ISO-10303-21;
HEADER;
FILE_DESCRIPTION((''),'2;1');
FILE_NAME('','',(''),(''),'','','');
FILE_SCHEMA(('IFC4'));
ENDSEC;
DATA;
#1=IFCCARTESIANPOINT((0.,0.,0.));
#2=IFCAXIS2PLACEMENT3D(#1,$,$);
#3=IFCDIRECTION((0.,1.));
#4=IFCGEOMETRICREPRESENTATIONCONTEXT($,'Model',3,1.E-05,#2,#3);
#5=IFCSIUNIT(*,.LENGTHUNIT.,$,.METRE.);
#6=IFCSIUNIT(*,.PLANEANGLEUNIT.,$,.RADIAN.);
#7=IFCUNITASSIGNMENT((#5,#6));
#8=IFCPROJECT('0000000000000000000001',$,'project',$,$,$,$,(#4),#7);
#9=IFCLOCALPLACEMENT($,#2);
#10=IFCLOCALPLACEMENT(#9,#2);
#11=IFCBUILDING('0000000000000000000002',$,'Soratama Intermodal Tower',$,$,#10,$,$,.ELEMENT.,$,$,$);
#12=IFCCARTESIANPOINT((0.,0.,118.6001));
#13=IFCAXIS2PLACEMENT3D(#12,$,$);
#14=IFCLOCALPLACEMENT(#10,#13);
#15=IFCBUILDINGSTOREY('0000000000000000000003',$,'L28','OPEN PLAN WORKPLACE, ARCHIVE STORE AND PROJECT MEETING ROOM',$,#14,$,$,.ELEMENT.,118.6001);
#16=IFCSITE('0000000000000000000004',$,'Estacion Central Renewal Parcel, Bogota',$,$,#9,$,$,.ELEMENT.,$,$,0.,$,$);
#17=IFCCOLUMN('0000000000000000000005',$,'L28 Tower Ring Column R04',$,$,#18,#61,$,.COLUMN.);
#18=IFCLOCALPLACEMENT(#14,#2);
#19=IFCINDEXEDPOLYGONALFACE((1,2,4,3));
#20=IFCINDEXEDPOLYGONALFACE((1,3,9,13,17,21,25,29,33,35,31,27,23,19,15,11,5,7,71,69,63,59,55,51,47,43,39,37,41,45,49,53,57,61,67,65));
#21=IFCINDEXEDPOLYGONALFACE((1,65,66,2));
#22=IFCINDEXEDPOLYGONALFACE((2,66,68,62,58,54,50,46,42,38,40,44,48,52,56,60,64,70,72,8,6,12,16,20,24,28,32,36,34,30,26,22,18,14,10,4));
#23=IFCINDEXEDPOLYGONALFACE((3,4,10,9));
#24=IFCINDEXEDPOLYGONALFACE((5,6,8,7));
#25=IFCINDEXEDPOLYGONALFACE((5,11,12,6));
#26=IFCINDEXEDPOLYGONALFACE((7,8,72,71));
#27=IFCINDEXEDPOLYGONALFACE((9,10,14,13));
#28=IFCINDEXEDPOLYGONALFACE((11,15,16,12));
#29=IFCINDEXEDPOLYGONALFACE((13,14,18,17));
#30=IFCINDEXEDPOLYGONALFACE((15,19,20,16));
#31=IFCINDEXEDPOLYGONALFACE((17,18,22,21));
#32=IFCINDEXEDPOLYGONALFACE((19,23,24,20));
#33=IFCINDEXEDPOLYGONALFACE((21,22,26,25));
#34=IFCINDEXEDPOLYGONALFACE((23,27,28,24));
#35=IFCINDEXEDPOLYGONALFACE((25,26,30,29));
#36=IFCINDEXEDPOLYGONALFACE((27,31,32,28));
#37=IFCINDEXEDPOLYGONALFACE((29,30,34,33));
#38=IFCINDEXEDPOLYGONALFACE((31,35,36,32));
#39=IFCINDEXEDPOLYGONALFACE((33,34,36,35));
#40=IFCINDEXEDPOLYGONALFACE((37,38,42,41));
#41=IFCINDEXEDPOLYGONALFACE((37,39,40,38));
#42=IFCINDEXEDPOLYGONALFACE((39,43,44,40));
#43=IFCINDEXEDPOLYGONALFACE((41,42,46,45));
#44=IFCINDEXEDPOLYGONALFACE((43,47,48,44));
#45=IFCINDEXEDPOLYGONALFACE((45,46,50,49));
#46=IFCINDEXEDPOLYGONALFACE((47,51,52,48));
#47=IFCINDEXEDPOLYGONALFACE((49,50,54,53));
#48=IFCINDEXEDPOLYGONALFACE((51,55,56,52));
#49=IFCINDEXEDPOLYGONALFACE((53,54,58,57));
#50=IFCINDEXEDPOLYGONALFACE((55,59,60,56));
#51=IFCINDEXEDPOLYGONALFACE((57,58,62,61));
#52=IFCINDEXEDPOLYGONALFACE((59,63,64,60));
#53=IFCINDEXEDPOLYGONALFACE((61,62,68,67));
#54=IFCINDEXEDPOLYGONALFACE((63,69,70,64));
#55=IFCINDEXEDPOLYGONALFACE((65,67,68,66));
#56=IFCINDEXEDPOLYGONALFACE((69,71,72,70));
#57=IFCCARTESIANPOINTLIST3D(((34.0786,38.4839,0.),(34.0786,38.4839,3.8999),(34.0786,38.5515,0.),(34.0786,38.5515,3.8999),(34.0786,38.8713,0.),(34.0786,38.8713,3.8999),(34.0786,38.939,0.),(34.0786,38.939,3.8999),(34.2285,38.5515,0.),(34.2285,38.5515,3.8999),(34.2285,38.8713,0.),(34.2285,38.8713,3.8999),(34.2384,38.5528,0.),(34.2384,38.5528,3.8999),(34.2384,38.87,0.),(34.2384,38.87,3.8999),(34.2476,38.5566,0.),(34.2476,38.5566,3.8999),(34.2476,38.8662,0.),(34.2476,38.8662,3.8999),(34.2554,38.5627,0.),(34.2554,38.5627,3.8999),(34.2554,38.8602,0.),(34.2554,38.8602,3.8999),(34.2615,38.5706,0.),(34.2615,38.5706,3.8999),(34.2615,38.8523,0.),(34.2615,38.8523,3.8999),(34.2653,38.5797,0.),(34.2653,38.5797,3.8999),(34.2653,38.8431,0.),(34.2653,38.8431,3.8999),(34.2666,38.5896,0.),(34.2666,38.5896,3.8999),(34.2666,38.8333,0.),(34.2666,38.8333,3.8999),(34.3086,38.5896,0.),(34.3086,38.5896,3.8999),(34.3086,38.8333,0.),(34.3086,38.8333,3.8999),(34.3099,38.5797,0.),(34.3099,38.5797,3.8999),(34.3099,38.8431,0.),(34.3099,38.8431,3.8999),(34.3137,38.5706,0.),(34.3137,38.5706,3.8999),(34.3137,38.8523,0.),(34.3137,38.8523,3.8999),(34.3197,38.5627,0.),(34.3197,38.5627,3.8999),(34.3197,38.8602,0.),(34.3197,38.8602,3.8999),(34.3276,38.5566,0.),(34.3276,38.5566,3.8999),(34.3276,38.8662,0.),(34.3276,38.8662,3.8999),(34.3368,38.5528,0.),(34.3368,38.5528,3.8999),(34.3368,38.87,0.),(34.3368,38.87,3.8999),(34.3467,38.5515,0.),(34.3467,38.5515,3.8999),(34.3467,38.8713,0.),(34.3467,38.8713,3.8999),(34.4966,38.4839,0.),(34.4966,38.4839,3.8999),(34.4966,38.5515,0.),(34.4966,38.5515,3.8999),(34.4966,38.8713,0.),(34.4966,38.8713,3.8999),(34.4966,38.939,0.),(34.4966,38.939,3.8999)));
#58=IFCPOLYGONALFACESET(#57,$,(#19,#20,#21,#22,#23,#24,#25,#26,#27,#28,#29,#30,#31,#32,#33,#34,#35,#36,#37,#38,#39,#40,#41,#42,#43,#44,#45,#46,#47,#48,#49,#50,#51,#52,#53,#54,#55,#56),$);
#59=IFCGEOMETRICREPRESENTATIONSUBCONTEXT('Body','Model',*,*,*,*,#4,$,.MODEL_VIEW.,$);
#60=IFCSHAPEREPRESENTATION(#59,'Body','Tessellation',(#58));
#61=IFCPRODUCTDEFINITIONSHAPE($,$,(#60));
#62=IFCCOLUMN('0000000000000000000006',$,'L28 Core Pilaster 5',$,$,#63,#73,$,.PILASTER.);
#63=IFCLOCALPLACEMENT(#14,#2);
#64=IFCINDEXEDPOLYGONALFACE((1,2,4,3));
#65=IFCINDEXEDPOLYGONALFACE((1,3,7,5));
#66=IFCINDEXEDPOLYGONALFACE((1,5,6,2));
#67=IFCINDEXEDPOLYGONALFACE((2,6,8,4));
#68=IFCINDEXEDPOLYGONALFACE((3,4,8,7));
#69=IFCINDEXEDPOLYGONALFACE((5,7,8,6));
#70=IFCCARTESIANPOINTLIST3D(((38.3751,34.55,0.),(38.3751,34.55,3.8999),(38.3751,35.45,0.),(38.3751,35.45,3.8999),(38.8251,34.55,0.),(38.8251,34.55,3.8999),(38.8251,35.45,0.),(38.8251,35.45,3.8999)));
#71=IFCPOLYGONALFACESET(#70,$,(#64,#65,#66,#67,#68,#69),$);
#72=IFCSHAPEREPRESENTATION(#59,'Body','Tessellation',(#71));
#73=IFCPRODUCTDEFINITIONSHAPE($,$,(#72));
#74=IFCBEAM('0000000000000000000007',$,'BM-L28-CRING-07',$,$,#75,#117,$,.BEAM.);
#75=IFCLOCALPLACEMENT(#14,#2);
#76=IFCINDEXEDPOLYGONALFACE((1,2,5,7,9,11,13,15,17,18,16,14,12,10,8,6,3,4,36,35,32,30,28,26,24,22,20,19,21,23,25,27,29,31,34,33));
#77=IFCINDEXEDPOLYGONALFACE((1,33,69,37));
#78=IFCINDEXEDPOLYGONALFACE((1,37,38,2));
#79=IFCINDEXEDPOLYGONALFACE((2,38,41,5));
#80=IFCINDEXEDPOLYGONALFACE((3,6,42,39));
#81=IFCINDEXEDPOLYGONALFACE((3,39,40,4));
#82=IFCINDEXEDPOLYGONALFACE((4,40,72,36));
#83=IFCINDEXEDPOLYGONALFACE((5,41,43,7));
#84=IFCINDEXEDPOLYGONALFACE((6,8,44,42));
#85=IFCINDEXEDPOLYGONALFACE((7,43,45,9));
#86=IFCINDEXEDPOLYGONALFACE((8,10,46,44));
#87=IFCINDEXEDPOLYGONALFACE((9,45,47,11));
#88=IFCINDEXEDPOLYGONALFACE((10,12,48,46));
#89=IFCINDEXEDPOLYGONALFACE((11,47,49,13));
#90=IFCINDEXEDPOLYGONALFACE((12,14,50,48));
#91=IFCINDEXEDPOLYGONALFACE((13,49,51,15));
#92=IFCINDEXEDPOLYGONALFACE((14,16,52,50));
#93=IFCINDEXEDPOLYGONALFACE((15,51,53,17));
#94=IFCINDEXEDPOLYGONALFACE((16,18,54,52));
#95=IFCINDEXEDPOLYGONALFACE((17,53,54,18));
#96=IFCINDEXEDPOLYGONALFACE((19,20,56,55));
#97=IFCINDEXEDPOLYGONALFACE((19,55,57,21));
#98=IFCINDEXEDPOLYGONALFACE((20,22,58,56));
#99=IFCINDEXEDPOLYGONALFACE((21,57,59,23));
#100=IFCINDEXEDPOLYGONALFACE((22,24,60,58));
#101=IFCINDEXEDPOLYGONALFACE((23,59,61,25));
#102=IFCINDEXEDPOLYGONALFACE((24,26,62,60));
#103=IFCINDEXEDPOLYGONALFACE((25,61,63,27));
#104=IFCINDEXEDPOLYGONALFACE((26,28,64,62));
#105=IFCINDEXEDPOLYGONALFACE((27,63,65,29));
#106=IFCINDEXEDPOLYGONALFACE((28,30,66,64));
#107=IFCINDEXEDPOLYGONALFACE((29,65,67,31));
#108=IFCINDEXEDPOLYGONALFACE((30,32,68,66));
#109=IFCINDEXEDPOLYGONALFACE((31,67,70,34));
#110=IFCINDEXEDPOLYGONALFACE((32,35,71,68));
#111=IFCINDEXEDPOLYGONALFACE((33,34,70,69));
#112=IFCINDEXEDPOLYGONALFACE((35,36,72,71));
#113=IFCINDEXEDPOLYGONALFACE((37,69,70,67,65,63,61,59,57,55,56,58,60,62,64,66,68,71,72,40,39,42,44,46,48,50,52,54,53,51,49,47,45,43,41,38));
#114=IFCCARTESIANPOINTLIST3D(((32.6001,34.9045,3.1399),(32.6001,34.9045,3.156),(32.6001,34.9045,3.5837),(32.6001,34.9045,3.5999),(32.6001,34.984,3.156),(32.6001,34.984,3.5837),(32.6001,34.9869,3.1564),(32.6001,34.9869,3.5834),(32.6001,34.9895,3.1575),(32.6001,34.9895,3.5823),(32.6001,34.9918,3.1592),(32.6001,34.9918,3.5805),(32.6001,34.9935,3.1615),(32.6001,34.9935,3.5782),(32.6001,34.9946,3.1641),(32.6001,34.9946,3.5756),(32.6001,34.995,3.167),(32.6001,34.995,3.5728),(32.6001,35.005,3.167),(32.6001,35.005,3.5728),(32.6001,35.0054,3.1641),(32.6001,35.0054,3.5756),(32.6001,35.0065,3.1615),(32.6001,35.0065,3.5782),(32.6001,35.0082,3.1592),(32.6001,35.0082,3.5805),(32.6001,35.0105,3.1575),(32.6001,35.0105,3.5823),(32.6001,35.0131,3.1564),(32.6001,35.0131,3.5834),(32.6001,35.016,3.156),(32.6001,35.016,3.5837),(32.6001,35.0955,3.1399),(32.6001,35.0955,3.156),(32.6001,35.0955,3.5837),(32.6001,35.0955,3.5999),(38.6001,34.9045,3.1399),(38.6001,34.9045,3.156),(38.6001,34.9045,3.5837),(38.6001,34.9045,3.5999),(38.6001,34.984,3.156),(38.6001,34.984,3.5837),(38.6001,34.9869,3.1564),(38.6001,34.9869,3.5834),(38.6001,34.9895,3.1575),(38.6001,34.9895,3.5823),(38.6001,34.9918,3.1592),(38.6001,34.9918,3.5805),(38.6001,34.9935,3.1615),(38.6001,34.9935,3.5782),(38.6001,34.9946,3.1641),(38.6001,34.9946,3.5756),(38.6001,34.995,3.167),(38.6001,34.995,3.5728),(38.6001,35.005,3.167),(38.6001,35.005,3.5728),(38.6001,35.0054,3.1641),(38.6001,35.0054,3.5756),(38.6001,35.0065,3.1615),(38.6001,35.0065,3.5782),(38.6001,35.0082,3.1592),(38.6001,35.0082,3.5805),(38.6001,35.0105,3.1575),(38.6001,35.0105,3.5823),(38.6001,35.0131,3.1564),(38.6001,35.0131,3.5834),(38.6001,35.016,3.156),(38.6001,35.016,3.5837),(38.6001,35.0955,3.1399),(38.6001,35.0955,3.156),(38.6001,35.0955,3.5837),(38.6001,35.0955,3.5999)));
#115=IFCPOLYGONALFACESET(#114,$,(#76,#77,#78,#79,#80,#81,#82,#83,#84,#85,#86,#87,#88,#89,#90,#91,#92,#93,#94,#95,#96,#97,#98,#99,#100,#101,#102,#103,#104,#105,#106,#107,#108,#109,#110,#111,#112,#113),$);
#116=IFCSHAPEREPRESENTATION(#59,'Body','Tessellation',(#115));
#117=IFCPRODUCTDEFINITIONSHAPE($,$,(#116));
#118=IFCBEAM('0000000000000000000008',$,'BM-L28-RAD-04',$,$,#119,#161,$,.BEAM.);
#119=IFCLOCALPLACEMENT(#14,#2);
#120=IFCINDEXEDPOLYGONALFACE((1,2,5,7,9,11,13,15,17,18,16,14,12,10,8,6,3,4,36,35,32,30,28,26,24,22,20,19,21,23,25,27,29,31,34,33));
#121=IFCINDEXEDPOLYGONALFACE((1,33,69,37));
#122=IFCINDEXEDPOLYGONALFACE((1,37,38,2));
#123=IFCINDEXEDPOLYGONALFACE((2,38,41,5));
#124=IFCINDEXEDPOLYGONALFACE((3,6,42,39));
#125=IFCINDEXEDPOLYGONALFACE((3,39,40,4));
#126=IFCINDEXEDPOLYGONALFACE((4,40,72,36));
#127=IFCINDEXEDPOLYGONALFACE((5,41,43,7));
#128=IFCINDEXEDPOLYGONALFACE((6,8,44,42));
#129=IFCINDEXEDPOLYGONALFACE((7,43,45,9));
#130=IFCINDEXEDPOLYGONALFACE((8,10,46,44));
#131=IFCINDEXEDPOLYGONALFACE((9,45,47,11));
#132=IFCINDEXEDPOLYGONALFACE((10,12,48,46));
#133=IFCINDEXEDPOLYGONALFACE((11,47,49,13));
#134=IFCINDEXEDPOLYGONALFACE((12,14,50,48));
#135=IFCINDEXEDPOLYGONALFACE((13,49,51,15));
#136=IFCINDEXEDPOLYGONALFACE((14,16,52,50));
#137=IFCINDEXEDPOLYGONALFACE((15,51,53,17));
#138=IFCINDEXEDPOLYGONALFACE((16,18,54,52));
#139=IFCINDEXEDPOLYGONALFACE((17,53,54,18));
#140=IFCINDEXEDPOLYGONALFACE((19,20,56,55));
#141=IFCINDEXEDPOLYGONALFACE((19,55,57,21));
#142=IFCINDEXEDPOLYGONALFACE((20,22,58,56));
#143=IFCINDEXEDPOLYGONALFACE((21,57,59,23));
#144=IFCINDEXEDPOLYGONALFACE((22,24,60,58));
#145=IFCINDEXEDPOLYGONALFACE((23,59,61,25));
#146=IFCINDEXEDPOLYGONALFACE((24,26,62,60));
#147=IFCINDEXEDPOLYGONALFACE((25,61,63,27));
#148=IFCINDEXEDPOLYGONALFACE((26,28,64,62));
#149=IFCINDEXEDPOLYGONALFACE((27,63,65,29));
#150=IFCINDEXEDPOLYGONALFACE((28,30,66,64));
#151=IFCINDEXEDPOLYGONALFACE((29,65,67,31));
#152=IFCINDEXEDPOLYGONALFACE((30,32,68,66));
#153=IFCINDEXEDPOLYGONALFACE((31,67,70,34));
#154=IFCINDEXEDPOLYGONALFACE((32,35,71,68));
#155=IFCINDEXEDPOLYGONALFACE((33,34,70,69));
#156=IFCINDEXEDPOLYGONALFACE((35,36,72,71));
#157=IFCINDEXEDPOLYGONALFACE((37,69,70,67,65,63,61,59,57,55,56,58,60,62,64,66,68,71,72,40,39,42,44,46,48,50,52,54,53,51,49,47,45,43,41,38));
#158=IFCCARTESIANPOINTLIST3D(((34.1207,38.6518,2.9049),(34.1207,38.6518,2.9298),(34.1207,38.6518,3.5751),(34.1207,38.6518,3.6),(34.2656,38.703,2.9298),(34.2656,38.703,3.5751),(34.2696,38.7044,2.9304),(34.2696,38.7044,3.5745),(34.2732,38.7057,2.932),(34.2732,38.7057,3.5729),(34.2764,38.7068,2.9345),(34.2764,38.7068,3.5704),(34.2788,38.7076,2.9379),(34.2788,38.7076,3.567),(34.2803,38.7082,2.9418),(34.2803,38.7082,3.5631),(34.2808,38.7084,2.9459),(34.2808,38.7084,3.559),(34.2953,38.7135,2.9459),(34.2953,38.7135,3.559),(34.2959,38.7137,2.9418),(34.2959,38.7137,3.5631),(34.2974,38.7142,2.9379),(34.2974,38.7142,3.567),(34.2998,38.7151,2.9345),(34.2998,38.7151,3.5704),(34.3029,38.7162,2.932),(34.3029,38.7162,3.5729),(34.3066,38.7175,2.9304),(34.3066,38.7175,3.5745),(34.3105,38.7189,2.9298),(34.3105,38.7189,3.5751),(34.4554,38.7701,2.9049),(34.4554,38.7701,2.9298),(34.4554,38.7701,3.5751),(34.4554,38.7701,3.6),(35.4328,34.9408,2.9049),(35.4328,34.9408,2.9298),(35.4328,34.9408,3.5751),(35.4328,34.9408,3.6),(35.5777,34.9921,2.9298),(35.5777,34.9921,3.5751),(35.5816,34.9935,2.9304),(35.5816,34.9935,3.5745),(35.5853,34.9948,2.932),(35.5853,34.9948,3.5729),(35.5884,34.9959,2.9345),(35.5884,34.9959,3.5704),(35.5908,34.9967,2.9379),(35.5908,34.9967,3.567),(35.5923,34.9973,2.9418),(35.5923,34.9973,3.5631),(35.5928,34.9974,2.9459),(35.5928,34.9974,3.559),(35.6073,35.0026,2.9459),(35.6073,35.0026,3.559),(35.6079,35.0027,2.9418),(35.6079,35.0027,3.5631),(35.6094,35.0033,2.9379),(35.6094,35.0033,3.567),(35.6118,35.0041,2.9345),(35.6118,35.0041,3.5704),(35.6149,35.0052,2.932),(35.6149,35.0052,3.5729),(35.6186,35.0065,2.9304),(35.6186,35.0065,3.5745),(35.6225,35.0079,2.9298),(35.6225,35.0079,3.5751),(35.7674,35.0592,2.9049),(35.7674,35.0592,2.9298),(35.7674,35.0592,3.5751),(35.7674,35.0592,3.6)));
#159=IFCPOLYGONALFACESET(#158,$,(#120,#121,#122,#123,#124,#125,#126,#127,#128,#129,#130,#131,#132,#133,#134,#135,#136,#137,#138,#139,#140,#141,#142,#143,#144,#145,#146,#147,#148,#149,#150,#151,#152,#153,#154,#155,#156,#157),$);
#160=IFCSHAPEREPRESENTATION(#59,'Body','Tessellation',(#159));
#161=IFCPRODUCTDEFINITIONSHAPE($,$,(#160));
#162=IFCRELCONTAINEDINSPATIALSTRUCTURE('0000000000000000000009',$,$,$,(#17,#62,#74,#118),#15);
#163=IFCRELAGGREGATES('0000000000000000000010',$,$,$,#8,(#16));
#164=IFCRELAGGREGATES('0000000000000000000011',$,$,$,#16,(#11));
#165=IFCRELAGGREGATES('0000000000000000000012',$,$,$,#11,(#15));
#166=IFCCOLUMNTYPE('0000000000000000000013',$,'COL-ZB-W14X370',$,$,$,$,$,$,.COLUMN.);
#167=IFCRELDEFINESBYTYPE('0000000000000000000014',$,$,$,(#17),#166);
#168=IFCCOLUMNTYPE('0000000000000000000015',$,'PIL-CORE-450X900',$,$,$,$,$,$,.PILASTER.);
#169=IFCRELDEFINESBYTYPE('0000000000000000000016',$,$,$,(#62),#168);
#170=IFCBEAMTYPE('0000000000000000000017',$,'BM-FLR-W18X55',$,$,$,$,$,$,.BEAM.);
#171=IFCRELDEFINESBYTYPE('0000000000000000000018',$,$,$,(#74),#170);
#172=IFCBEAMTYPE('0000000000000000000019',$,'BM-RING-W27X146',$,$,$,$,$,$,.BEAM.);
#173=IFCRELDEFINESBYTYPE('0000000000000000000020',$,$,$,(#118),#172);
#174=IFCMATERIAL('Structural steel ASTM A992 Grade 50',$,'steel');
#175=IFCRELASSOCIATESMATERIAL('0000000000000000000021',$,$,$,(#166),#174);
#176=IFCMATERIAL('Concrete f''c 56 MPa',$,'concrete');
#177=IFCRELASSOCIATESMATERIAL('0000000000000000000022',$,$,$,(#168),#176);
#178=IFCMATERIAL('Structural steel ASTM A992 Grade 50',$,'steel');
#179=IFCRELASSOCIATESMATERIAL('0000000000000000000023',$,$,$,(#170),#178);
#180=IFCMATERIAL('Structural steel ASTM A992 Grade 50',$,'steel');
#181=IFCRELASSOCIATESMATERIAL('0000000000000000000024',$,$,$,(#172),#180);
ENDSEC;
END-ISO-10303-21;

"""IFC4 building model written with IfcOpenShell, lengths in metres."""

from ifc_helpers import new_model, si_unit, direction, frame, origin, origin_2d, place, context, subcontext, project, spatial, rectangle, i_section, extrude, material, material_profile, profile_set, type_object, element, save


model = new_model("IFC4")

# Units and contexts
model_context = context("Model", 3, precision=1e-05, world=origin(), true_north=direction((0.0, 1.0)))
body_context = subcontext(model_context, "Body", "Model", "MODEL_VIEW")
ifc_project = project(units=[si_unit("LENGTHUNIT", "METRE"), si_unit("PLANEANGLEUNIT", "RADIAN")], contexts=[model_context])

# Site, building, storey
site_placement = place(None, origin())
site = spatial("IfcSite", under=ifc_project, at=site_placement, Name="Estacion Central Renewal Parcel, Bogota", CompositionType="ELEMENT", RefElevation=0.0)
building_placement = place(site_placement, origin())
building = spatial("IfcBuilding", under=site, at=building_placement, Name="Soratama Intermodal Tower", CompositionType="ELEMENT")
storey_placement = place(building_placement, frame((0.0, 0.0, 118.6001)))
storey = spatial("IfcBuildingStorey", under=building, at=storey_placement, Name="L28", Description="OPEN PLAN WORKPLACE, ARCHIVE STORE AND PROJECT MEETING ROOM", CompositionType="ELEMENT", Elevation=118.6001)

# Columns
ifc_material_1 = material(Name="Structural steel ASTM A992 Grade 50", Category="steel")
ifc_material_profile_1 = material_profile(ifc_material_1, i_section(OverallWidth=0.418, OverallDepth=0.4551, WebThickness=0.042, FlangeThickness=0.0676, FilletRadius=0.0381, at=origin_2d()), Name="W14X370")
ifc_profile_set_1 = profile_set([ifc_material_profile_1], Name="Structural steel ASTM A992 Grade 50")
column_type_1 = type_object("IfcColumnType", Name="COL-ZB-W14X370", PredefinedType="COLUMN", material=ifc_profile_set_1)
column_1_placement = place(storey_placement, frame((34.2876, 38.7114, 0.0), z_axis=(0.0, 0.0, 1.0), x_axis=(1.0, 0.0, 0.0)))
element("IfcColumn", 1, at=column_1_placement, inside=storey, type_object=column_type_1, Name="L28 Tower Ring Column R04", PredefinedType="COLUMN", context=body_context, shape_type="SweptSolid", body=[
    extrude(i_section(OverallWidth=0.418, OverallDepth=0.4551, WebThickness=0.042, FlangeThickness=0.0676, FilletRadius=0.0381, at=origin_2d()), origin(), (0.0, 0.0, 1.0), 3.8999),
])
ifc_material_2 = material(Name="Concrete f'c 56 MPa", Category="concrete")
ifc_material_profile_2 = material_profile(ifc_material_2, rectangle(XDim=0.45, YDim=0.8999, at=origin_2d()), Name="RC450X900")
ifc_profile_set_2 = profile_set([ifc_material_profile_2], Name="Concrete f'c 56 MPa")
column_type_2 = type_object("IfcColumnType", Name="PIL-CORE-450X900", PredefinedType="PILASTER", material=ifc_profile_set_2)
column_2_placement = place(storey_placement, frame((38.6001, 35.0, 0.0), z_axis=(0.0, 0.0, 1.0), x_axis=(1.0, 0.0, 0.0)))
element("IfcColumn", 2, at=column_2_placement, inside=storey, type_object=column_type_2, Name="L28 Core Pilaster 5", PredefinedType="PILASTER", context=body_context, shape_type="SweptSolid", body=[
    extrude(rectangle(XDim=0.45, YDim=0.8999, at=origin_2d()), origin(), (0.0, 0.0, 1.0), 3.8999),
])

# Beams
ifc_material_3 = material(Name="Structural steel ASTM A992 Grade 50", Category="steel")
ifc_material_profile_3 = material_profile(ifc_material_3, i_section(OverallWidth=0.1909, OverallDepth=0.46, WebThickness=0.01, FlangeThickness=0.0161, FilletRadius=0.011, at=origin_2d()), Name="W18X55")
ifc_profile_set_3 = profile_set([ifc_material_profile_3], Name="Structural steel ASTM A992 Grade 50")
beam_type_1 = type_object("IfcBeamType", Name="BM-FLR-W18X55", PredefinedType="BEAM", material=ifc_profile_set_3)
beam_1_placement = place(storey_placement, frame((38.6001, 35.0, 3.3699), z_axis=(-1.0, 0.0, 0.0), x_axis=(0.0, -1.0, 0.0)))
element("IfcBeam", 3, at=beam_1_placement, inside=storey, type_object=beam_type_1, Name="BM-L28-CRING-07", PredefinedType="BEAM", context=body_context, shape_type="SweptSolid", body=[
    extrude(i_section(OverallWidth=0.1909, OverallDepth=0.46, WebThickness=0.01, FlangeThickness=0.0161, FilletRadius=0.011, at=origin_2d()), origin(), (0.0, 0.0, 1.0), 6.0),
])
ifc_material_4 = material(Name="Structural steel ASTM A992 Grade 50", Category="steel")
ifc_material_profile_4 = material_profile(ifc_material_4, i_section(OverallWidth=0.355, OverallDepth=0.6951, WebThickness=0.0154, FlangeThickness=0.0249, FilletRadius=0.0161, at=origin_2d()), Name="W27X146")
ifc_profile_set_4 = profile_set([ifc_material_profile_4], Name="Structural steel ASTM A992 Grade 50")
beam_type_2 = type_object("IfcBeamType", Name="BM-RING-W27X146", PredefinedType="BEAM", material=ifc_profile_set_4)
beam_2_placement = place(storey_placement, frame((35.6001, 35.0, 3.2524), z_axis=(-0.333333, 0.942809, 0.0), x_axis=(-0.942809, -0.333333, 0.0)))
element("IfcBeam", 4, at=beam_2_placement, inside=storey, type_object=beam_type_2, Name="BM-L28-RAD-04", PredefinedType="BEAM", context=body_context, shape_type="SweptSolid", body=[
    extrude(i_section(OverallWidth=0.355, OverallDepth=0.6951, WebThickness=0.0154, FlangeThickness=0.0249, FilletRadius=0.0161, at=origin_2d()), origin(), (0.0, 0.0, 1.0), 3.936),
])

save(model, "model.ifc")
